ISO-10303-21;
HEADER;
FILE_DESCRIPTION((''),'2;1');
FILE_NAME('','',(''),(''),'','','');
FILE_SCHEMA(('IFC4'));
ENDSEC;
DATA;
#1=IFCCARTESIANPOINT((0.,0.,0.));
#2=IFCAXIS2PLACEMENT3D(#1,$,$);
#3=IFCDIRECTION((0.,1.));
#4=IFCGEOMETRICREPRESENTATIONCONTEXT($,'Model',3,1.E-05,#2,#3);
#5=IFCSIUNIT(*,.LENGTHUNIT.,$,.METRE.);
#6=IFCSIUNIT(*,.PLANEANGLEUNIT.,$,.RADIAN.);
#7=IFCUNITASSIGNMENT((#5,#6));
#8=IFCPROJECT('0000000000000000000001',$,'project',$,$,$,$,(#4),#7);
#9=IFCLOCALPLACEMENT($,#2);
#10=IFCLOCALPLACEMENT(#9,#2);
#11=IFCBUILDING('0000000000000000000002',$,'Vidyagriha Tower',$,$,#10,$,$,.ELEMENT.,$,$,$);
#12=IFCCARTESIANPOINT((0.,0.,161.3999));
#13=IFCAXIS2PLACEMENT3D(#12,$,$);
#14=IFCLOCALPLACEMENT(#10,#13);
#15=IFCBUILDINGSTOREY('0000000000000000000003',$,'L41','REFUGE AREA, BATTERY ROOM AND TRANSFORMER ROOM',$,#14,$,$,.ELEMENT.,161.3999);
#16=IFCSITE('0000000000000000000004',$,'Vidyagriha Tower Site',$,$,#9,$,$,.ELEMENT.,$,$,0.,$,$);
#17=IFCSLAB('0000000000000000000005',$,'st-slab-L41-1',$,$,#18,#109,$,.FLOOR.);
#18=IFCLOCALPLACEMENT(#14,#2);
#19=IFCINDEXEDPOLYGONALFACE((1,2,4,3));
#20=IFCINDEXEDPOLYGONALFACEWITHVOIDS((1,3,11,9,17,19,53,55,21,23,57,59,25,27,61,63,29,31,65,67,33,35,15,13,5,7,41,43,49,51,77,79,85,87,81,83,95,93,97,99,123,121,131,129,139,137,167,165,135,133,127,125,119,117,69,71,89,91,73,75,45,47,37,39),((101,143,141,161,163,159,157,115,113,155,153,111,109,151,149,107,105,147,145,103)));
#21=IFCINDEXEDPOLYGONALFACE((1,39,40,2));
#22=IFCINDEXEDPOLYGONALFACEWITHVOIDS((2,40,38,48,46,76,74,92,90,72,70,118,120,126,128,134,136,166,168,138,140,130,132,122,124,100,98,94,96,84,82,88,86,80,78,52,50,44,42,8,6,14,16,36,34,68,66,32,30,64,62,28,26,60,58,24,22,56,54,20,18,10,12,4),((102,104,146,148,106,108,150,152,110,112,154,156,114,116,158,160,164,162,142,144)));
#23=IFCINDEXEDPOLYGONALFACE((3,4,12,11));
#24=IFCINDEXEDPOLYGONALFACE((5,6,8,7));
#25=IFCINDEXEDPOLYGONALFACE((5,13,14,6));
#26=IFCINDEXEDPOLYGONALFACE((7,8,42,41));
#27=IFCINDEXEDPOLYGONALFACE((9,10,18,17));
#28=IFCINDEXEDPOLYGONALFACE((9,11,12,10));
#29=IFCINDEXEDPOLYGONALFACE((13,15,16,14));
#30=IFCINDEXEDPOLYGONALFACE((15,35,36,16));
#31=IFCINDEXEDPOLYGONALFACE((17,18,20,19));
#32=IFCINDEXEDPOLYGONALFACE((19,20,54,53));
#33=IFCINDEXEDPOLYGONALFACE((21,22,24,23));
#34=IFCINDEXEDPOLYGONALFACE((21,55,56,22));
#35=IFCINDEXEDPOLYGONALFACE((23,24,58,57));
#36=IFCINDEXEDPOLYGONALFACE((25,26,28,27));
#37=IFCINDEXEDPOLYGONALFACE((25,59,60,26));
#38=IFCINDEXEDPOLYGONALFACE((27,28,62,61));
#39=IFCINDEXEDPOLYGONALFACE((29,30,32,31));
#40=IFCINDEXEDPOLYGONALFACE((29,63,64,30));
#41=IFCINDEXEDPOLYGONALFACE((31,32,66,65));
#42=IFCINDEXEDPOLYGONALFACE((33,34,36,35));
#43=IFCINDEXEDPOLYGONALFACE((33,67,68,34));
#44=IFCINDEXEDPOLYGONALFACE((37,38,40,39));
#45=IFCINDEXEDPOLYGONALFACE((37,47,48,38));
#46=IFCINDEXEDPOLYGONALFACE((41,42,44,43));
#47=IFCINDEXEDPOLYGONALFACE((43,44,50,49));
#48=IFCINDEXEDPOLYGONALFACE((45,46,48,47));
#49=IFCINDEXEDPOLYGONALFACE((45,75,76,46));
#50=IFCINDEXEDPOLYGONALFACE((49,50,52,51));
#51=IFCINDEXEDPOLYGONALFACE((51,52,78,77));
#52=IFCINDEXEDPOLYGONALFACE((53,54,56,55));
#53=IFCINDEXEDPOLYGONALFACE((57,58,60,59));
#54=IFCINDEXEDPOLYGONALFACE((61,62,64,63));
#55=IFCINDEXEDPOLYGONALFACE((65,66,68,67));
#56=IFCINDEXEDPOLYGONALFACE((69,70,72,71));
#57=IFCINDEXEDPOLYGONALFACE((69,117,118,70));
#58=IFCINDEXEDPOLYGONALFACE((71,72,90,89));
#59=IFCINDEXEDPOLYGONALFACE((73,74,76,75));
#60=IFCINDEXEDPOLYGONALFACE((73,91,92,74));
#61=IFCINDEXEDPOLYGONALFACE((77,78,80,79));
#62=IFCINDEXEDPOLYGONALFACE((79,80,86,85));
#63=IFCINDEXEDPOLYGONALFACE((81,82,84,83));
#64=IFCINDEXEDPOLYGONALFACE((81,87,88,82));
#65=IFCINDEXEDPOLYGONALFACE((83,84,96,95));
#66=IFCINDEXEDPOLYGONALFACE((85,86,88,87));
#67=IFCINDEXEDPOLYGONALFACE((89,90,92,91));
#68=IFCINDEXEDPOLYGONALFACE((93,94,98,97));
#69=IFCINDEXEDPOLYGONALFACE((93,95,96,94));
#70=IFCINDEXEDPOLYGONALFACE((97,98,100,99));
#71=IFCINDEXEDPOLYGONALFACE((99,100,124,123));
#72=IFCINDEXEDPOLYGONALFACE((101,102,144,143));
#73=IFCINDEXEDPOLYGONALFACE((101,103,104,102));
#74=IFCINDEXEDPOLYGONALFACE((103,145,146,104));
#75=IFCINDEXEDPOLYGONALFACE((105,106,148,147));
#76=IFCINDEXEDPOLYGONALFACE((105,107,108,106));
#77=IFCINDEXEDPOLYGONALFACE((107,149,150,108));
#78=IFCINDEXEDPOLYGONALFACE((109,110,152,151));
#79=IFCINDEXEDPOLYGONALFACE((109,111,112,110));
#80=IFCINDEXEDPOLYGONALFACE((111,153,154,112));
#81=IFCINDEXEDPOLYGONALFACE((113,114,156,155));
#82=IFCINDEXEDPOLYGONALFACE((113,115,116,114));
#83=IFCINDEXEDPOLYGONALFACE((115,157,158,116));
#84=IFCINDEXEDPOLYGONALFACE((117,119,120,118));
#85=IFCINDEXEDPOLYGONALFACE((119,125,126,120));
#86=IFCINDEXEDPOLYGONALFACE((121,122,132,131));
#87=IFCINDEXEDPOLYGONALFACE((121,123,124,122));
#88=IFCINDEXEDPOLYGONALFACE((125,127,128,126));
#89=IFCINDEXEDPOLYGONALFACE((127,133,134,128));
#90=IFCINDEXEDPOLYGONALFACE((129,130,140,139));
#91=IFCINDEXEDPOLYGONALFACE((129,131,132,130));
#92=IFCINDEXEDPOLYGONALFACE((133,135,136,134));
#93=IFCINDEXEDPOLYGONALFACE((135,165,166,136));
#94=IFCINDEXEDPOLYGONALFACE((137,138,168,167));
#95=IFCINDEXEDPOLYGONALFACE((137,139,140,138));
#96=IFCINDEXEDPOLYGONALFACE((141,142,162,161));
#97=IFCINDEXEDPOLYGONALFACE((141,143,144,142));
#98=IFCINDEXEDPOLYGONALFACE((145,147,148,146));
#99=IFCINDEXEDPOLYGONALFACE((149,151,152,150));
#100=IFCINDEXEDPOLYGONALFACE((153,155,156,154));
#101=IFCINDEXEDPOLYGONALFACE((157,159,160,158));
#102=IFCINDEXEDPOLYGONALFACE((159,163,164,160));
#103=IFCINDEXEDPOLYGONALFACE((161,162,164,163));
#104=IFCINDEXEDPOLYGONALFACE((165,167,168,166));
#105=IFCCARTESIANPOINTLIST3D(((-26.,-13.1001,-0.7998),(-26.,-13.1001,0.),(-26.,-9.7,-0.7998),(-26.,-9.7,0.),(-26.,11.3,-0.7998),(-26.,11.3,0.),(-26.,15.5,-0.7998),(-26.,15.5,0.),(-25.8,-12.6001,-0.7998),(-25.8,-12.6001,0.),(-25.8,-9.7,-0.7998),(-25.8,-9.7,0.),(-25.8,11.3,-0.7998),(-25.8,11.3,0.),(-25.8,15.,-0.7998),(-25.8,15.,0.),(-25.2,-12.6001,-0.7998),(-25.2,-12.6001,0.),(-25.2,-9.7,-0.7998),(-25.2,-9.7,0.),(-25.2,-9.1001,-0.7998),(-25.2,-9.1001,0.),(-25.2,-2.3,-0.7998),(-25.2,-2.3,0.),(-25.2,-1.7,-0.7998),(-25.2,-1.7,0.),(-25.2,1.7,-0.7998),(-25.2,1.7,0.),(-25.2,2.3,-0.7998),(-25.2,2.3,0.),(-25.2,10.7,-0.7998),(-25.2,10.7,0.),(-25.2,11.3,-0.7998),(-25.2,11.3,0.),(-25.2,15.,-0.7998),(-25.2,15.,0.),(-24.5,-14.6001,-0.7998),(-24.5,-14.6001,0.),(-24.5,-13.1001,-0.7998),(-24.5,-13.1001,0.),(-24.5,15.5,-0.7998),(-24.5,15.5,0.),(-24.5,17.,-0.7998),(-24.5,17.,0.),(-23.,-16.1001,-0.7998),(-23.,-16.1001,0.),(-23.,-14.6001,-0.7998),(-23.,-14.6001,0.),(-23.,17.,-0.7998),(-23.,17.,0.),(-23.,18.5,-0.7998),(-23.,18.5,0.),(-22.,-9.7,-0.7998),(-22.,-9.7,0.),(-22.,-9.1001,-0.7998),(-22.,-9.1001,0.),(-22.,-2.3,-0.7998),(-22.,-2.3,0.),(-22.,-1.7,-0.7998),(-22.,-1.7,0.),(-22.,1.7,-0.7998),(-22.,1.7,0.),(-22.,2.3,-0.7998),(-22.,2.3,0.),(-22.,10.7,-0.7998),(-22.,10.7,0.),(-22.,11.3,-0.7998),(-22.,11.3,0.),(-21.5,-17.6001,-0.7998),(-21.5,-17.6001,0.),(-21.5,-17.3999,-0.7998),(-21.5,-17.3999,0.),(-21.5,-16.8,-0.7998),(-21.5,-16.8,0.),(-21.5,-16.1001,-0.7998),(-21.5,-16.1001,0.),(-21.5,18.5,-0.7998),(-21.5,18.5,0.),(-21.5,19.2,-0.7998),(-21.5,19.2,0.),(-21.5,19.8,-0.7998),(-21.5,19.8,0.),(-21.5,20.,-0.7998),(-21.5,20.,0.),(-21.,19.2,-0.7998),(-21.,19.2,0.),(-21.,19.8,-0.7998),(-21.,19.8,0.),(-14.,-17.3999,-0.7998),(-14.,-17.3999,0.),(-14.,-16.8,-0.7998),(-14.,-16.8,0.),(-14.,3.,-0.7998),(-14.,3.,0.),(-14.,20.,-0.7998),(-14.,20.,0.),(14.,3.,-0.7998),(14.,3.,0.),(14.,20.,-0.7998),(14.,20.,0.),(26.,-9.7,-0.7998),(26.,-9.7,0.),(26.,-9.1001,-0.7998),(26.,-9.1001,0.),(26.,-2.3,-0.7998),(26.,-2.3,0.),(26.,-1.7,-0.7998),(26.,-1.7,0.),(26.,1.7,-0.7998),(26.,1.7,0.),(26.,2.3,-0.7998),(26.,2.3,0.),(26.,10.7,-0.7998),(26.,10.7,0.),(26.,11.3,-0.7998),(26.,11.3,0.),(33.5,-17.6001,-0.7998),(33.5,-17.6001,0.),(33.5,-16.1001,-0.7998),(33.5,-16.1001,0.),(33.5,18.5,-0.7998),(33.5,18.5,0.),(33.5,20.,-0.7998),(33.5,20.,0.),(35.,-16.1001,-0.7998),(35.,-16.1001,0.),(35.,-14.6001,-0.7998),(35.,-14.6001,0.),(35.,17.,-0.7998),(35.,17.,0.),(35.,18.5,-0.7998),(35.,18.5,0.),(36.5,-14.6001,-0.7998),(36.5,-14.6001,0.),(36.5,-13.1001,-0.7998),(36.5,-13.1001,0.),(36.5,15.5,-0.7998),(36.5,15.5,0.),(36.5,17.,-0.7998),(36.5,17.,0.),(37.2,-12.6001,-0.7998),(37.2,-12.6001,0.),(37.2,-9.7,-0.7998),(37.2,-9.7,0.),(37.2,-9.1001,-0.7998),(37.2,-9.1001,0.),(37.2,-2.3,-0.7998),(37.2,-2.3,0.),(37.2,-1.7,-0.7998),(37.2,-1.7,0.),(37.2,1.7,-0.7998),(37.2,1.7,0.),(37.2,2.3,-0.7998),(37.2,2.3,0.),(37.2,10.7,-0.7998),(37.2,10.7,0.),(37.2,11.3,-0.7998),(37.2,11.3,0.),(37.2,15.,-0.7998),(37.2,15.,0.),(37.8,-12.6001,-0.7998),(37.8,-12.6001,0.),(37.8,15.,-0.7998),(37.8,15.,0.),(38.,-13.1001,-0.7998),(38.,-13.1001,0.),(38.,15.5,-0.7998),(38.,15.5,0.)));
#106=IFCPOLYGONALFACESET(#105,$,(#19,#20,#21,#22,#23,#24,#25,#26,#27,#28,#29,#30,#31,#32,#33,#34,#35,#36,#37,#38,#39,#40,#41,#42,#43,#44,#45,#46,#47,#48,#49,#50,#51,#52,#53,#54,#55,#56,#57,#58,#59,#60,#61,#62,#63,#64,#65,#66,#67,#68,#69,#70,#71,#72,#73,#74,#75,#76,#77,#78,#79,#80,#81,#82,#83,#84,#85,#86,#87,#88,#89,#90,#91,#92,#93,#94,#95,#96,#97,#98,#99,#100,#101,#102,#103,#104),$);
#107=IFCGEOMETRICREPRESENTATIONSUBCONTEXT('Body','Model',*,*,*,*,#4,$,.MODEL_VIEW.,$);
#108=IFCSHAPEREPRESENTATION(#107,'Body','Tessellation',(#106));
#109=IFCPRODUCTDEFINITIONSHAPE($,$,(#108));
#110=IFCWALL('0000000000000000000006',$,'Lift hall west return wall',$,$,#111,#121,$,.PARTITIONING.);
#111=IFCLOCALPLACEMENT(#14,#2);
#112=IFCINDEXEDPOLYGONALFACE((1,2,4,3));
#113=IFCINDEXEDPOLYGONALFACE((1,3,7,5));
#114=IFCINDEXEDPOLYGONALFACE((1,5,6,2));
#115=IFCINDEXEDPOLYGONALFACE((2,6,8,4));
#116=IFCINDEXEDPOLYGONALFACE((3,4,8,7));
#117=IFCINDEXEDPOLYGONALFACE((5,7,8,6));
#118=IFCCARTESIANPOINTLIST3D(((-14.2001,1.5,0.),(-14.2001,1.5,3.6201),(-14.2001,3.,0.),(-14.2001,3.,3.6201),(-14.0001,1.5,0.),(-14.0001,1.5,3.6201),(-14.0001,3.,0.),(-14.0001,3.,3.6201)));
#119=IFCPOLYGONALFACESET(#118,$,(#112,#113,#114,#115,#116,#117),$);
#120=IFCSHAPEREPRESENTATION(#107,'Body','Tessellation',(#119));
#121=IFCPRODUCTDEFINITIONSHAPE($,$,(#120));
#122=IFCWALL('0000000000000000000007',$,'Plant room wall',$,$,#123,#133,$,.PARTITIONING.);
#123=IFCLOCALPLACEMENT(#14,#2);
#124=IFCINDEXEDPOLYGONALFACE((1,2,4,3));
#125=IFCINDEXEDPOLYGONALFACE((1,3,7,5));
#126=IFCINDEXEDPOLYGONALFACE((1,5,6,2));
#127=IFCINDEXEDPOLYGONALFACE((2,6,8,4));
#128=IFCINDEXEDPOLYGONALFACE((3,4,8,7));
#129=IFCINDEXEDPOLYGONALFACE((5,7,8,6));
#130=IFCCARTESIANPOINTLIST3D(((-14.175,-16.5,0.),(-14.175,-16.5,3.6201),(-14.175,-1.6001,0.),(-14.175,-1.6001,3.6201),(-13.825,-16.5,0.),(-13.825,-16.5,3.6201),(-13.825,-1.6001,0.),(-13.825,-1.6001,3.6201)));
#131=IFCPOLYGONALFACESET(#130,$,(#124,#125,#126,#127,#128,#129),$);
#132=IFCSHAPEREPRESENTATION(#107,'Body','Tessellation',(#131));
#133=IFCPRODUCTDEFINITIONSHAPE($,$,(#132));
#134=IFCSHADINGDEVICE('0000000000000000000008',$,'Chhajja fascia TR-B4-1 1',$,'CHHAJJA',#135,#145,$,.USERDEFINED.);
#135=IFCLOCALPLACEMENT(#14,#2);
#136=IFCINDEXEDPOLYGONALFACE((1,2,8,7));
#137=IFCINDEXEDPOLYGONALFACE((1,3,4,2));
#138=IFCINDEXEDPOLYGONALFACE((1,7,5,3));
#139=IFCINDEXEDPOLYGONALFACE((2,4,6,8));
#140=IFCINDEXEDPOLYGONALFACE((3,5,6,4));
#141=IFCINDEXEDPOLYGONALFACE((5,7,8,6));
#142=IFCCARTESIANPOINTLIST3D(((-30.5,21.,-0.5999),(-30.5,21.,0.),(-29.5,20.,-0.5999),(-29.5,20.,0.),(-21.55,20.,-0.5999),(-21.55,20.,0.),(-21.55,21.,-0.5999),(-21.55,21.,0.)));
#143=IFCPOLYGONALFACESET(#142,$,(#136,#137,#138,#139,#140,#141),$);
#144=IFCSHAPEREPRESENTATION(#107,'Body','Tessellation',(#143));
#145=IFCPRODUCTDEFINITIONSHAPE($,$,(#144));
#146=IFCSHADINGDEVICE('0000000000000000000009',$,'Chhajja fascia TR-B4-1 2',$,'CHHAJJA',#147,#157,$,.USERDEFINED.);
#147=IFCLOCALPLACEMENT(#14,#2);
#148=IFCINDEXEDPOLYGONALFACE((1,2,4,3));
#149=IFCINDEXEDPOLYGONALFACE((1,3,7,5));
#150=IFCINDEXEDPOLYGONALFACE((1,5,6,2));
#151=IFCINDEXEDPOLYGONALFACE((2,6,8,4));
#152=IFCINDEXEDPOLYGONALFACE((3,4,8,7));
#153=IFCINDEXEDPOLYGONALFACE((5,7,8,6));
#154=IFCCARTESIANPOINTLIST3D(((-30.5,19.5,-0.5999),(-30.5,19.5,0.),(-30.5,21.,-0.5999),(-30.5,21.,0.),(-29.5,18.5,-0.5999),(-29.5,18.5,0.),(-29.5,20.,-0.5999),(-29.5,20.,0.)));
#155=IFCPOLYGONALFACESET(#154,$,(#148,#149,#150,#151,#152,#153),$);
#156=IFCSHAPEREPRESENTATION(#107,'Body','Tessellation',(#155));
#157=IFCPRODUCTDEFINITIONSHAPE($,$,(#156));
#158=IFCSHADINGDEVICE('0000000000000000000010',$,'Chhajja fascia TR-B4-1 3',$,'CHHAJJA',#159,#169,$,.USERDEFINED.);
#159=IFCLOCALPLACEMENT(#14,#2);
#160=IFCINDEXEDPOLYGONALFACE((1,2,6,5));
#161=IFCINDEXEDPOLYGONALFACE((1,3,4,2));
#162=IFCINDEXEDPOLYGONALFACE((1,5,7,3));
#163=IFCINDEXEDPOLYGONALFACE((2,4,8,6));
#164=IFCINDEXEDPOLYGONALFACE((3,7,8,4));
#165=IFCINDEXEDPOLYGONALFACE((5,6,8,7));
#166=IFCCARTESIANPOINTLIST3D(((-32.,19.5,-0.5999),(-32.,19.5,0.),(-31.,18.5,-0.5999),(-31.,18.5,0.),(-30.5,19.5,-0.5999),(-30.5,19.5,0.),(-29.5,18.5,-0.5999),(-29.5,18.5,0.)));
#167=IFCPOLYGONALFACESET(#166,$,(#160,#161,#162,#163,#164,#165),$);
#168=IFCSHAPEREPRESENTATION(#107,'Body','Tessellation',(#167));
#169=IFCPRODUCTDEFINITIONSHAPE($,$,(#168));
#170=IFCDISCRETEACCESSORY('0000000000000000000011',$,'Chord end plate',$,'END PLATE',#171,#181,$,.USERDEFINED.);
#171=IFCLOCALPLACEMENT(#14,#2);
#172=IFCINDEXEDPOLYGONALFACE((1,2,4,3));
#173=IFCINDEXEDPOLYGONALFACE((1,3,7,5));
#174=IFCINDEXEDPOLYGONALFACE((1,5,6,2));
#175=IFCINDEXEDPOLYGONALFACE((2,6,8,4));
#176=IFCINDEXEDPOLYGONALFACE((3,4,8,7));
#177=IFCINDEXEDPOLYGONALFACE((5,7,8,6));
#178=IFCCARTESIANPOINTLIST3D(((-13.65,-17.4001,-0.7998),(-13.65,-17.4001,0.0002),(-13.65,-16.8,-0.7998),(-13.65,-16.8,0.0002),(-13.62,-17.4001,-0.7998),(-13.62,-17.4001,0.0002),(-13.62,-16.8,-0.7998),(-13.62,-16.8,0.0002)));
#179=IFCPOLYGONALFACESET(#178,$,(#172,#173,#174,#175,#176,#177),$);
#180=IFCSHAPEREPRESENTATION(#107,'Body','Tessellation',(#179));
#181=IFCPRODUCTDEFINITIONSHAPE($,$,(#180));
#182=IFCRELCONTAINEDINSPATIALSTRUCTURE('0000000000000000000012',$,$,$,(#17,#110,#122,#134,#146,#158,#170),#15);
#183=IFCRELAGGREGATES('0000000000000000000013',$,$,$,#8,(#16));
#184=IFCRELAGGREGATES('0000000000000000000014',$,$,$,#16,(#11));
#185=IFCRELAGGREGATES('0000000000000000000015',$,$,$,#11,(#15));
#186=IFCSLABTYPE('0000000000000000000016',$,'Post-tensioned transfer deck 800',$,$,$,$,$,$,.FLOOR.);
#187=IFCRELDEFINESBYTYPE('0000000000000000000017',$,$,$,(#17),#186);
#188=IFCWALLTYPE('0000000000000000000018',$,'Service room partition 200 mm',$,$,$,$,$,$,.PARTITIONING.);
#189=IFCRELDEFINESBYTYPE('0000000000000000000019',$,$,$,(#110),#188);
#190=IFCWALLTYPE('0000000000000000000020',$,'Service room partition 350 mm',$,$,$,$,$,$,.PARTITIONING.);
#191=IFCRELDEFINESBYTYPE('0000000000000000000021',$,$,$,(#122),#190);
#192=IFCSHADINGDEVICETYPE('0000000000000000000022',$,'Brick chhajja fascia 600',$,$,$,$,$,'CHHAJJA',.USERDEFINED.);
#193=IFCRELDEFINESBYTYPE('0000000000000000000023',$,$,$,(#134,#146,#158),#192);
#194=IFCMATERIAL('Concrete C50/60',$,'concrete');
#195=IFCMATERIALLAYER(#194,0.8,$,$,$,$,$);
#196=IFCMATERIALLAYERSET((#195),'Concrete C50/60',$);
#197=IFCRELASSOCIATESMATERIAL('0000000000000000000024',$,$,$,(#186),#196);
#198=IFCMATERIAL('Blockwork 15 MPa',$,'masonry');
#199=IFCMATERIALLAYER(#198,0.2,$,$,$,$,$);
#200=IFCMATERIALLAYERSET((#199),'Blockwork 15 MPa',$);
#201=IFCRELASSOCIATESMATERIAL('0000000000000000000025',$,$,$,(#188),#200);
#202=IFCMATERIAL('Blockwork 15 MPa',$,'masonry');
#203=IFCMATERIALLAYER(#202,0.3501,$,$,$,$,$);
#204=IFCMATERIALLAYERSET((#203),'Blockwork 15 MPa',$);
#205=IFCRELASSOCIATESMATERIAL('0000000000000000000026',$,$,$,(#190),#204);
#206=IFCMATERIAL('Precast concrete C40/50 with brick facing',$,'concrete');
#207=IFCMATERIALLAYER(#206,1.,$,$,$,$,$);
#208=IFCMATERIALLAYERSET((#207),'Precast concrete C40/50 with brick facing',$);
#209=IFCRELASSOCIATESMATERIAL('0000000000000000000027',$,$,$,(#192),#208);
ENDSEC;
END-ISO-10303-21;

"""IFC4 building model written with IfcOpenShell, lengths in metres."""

from ifc_helpers import new_model, si_unit, direction, frame, frame_2d, origin, origin_2d, place, context, subcontext, project, spatial, polyline, rectangle, outline, extrude, material, layer, layer_set, type_object, element, save


model = new_model("IFC4")

# Units and contexts
model_context = context("Model", 3, precision=1e-05, world=origin(), true_north=direction((0.0, 1.0)))
body_context = subcontext(model_context, "Body", "Model", "MODEL_VIEW")
ifc_project = project(units=[si_unit("LENGTHUNIT", "METRE"), si_unit("PLANEANGLEUNIT", "RADIAN")], contexts=[model_context])

# Site, building, storey
site_placement = place(None, origin())
site = spatial("IfcSite", under=ifc_project, at=site_placement, Name="Vidyagriha Tower Site", CompositionType="ELEMENT", RefElevation=0.0)
building_placement = place(site_placement, origin())
building = spatial("IfcBuilding", under=site, at=building_placement, Name="Vidyagriha Tower", CompositionType="ELEMENT")
storey_placement = place(building_placement, frame((0.0, 0.0, 161.3999)))
storey = spatial("IfcBuildingStorey", under=building, at=storey_placement, Name="L41", Description="REFUGE AREA, BATTERY ROOM AND TRANSFORMER ROOM", CompositionType="ELEMENT", Elevation=161.3999)

# Slab
ifc_material_1 = material(Name="Concrete C50/60", Category="concrete")
ifc_layer_1 = layer(ifc_material_1, 0.8)
ifc_layer_set_1 = layer_set([ifc_layer_1], Name="Concrete C50/60")
slab_type_1 = type_object("IfcSlabType", Name="Post-tensioned transfer deck 800", PredefinedType="FLOOR", material=ifc_layer_set_1)
slab_1_placement = place(storey_placement, frame((0.0, 0.0, -0.7998)))
element("IfcSlab", 1, at=slab_1_placement, inside=storey, type_object=slab_type_1, Name="st-slab-L41-1", PredefinedType="FLOOR", context=body_context, shape_type="SweptSolid", body=[
    extrude(outline(polyline([(35.0, -14.6001), (35.0, -16.1001), (33.5, -16.1001), (33.5, -17.6001), (-21.5, -17.6001), (-21.5, -17.3999), (-14.0, -17.3999), (-14.0, -16.8), (-21.5, -16.8), (-21.5, -16.1001), (-23.0, -16.1001), (-23.0, -14.6001), (-24.5, -14.6001), (-24.5, -13.1001), (-26.0, -13.1001), (-26.0, -9.7), (-25.8, -9.7), (-25.8, -12.6001), (-25.2, -12.6001), (-25.2, -9.7), (-22.0, -9.7), (-22.0, -9.1001), (-25.2, -9.1001), (-25.2, -2.3), (-22.0, -2.3), (-22.0, -1.7), (-25.2, -1.7), (-25.2, 1.7), (-22.0, 1.7), (-22.0, 2.3), (-25.2, 2.3), (-25.2, 10.7), (-22.0, 10.7), (-22.0, 11.3), (-25.2, 11.3), (-25.2, 15.0), (-25.8, 15.0), (-25.8, 11.3), (-26.0, 11.3), (-26.0, 15.5), (-24.5, 15.5), (-24.5, 17.0), (-23.0, 17.0), (-23.0, 18.5), (-21.5, 18.5), (-21.5, 19.2), (-21.0, 19.2), (-21.0, 19.8), (-21.5, 19.8), (-21.5, 20.0), (-14.0, 20.0), (-14.0, 3.0), (14.0, 3.0), (14.0, 20.0), (33.5, 20.0), (33.5, 18.5), (35.0, 18.5), (35.0, 17.0), (36.5, 17.0), (36.5, 15.5), (38.0, 15.5), (38.0, -13.1001), (36.5, -13.1001), (36.5, -14.6001), (35.0, -14.6001)]), holes=[polyline([(26.0, -9.1001), (26.0, -9.7), (37.2, -9.7), (37.2, -12.6001), (37.8, -12.6001), (37.8, 15.0), (37.2, 15.0), (37.2, 11.3), (26.0, 11.3), (26.0, 10.7), (37.2, 10.7), (37.2, 2.3), (26.0, 2.3), (26.0, 1.7), (37.2, 1.7), (37.2, -1.7), (26.0, -1.7), (26.0, -2.3), (37.2, -2.3), (37.2, -9.1001), (26.0, -9.1001)])]), origin(), (0.0, 0.0, 1.0), 0.7998),
])

# Walls
ifc_material_2 = material(Name="Blockwork 15 MPa", Category="masonry")
ifc_layer_2 = layer(ifc_material_2, 0.2)
ifc_layer_set_2 = layer_set([ifc_layer_2], Name="Blockwork 15 MPa")
wall_type_1 = type_object("IfcWallType", Name="Service room partition 200 mm", PredefinedType="PARTITIONING", material=ifc_layer_set_2)
wall_1_placement = place(storey_placement, frame((-14.1001, 1.5, 0.0), z_axis=(0.0, 0.0, 1.0), x_axis=(0.0, 1.0, 0.0)))
element("IfcWall", 2, at=wall_1_placement, inside=storey, type_object=wall_type_1, Name="Lift hall west return wall", PredefinedType="PARTITIONING", context=body_context, shape_type="SweptSolid", body=[
    extrude(rectangle(XDim=1.5, YDim=0.2, at=frame_2d((0.75, 0.0))), origin(), (0.0, 0.0, 1.0), 3.6201),
])
ifc_material_3 = material(Name="Blockwork 15 MPa", Category="masonry")
ifc_layer_3 = layer(ifc_material_3, 0.3501)
ifc_layer_set_3 = layer_set([ifc_layer_3], Name="Blockwork 15 MPa")
wall_type_2 = type_object("IfcWallType", Name="Service room partition 350 mm", PredefinedType="PARTITIONING", material=ifc_layer_set_3)
wall_2_placement = place(storey_placement, frame((-14.0, -16.5, 0.0), z_axis=(0.0, 0.0, 1.0), x_axis=(0.0, 1.0, 0.0)))
element("IfcWall", 3, at=wall_2_placement, inside=storey, type_object=wall_type_2, Name="Plant room wall", PredefinedType="PARTITIONING", context=body_context, shape_type="SweptSolid", body=[
    extrude(rectangle(XDim=14.8999, YDim=0.3501, at=frame_2d((7.45, 0.0))), origin(), (0.0, 0.0, 1.0), 3.6201),
])

# Shading devices
ifc_material_4 = material(Name="Precast concrete C40/50 with brick facing", Category="concrete")
ifc_layer_4 = layer(ifc_material_4, 1.0)
ifc_layer_set_4 = layer_set([ifc_layer_4], Name="Precast concrete C40/50 with brick facing")
shading_device_type = type_object("IfcShadingDeviceType", Name="Brick chhajja fascia 600", ElementType="CHHAJJA", PredefinedType="USERDEFINED", material=ifc_layer_set_4)
shading_device_1_placement = place(storey_placement, frame((0.0, 0.0, -0.5999)))
element("IfcShadingDevice", 4, at=shading_device_1_placement, inside=storey, type_object=shading_device_type, Name="Chhajja fascia TR-B4-1 1", ObjectType="CHHAJJA", PredefinedType="USERDEFINED", context=body_context, shape_type="SweptSolid", body=[
    extrude(outline(polyline([(-21.55, 20.0), (-21.55, 21.0), (-30.5, 21.0), (-29.5, 20.0), (-21.55, 20.0)])), origin(), (0.0, 0.0, 1.0), 0.5999),
])
shading_device_2_placement = place(storey_placement, frame((0.0, 0.0, -0.5999)))
element("IfcShadingDevice", 5, at=shading_device_2_placement, inside=storey, type_object=shading_device_type, Name="Chhajja fascia TR-B4-1 2", ObjectType="CHHAJJA", PredefinedType="USERDEFINED", context=body_context, shape_type="SweptSolid", body=[
    extrude(outline(polyline([(-29.5, 20.0), (-30.5, 21.0), (-30.5, 19.5), (-29.5, 18.5), (-29.5, 20.0)])), origin(), (0.0, 0.0, 1.0), 0.5999),
])
shading_device_3_placement = place(storey_placement, frame((0.0, 0.0, -0.5999)))
element("IfcShadingDevice", 6, at=shading_device_3_placement, inside=storey, type_object=shading_device_type, Name="Chhajja fascia TR-B4-1 3", ObjectType="CHHAJJA", PredefinedType="USERDEFINED", context=body_context, shape_type="SweptSolid", body=[
    extrude(outline(polyline([(-29.5, 18.5), (-30.5, 19.5), (-32.0, 19.5), (-31.0, 18.5), (-29.5, 18.5)])), origin(), (0.0, 0.0, 1.0), 0.5999),
])

# Discrete accessory
discrete_accessory_1_placement = place(storey_placement, frame((-13.635, -17.1001, -0.7998)))
element("IfcDiscreteAccessory", 7, at=discrete_accessory_1_placement, inside=storey, Name="Chord end plate", ObjectType="END PLATE", PredefinedType="USERDEFINED", context=body_context, shape_type="SweptSolid", body=[
    extrude(rectangle(XDim=0.03, YDim=0.6001, at=origin_2d()), origin(), (0.0, 0.0, 1.0), 0.8),
])

save(model, "model.ifc")
